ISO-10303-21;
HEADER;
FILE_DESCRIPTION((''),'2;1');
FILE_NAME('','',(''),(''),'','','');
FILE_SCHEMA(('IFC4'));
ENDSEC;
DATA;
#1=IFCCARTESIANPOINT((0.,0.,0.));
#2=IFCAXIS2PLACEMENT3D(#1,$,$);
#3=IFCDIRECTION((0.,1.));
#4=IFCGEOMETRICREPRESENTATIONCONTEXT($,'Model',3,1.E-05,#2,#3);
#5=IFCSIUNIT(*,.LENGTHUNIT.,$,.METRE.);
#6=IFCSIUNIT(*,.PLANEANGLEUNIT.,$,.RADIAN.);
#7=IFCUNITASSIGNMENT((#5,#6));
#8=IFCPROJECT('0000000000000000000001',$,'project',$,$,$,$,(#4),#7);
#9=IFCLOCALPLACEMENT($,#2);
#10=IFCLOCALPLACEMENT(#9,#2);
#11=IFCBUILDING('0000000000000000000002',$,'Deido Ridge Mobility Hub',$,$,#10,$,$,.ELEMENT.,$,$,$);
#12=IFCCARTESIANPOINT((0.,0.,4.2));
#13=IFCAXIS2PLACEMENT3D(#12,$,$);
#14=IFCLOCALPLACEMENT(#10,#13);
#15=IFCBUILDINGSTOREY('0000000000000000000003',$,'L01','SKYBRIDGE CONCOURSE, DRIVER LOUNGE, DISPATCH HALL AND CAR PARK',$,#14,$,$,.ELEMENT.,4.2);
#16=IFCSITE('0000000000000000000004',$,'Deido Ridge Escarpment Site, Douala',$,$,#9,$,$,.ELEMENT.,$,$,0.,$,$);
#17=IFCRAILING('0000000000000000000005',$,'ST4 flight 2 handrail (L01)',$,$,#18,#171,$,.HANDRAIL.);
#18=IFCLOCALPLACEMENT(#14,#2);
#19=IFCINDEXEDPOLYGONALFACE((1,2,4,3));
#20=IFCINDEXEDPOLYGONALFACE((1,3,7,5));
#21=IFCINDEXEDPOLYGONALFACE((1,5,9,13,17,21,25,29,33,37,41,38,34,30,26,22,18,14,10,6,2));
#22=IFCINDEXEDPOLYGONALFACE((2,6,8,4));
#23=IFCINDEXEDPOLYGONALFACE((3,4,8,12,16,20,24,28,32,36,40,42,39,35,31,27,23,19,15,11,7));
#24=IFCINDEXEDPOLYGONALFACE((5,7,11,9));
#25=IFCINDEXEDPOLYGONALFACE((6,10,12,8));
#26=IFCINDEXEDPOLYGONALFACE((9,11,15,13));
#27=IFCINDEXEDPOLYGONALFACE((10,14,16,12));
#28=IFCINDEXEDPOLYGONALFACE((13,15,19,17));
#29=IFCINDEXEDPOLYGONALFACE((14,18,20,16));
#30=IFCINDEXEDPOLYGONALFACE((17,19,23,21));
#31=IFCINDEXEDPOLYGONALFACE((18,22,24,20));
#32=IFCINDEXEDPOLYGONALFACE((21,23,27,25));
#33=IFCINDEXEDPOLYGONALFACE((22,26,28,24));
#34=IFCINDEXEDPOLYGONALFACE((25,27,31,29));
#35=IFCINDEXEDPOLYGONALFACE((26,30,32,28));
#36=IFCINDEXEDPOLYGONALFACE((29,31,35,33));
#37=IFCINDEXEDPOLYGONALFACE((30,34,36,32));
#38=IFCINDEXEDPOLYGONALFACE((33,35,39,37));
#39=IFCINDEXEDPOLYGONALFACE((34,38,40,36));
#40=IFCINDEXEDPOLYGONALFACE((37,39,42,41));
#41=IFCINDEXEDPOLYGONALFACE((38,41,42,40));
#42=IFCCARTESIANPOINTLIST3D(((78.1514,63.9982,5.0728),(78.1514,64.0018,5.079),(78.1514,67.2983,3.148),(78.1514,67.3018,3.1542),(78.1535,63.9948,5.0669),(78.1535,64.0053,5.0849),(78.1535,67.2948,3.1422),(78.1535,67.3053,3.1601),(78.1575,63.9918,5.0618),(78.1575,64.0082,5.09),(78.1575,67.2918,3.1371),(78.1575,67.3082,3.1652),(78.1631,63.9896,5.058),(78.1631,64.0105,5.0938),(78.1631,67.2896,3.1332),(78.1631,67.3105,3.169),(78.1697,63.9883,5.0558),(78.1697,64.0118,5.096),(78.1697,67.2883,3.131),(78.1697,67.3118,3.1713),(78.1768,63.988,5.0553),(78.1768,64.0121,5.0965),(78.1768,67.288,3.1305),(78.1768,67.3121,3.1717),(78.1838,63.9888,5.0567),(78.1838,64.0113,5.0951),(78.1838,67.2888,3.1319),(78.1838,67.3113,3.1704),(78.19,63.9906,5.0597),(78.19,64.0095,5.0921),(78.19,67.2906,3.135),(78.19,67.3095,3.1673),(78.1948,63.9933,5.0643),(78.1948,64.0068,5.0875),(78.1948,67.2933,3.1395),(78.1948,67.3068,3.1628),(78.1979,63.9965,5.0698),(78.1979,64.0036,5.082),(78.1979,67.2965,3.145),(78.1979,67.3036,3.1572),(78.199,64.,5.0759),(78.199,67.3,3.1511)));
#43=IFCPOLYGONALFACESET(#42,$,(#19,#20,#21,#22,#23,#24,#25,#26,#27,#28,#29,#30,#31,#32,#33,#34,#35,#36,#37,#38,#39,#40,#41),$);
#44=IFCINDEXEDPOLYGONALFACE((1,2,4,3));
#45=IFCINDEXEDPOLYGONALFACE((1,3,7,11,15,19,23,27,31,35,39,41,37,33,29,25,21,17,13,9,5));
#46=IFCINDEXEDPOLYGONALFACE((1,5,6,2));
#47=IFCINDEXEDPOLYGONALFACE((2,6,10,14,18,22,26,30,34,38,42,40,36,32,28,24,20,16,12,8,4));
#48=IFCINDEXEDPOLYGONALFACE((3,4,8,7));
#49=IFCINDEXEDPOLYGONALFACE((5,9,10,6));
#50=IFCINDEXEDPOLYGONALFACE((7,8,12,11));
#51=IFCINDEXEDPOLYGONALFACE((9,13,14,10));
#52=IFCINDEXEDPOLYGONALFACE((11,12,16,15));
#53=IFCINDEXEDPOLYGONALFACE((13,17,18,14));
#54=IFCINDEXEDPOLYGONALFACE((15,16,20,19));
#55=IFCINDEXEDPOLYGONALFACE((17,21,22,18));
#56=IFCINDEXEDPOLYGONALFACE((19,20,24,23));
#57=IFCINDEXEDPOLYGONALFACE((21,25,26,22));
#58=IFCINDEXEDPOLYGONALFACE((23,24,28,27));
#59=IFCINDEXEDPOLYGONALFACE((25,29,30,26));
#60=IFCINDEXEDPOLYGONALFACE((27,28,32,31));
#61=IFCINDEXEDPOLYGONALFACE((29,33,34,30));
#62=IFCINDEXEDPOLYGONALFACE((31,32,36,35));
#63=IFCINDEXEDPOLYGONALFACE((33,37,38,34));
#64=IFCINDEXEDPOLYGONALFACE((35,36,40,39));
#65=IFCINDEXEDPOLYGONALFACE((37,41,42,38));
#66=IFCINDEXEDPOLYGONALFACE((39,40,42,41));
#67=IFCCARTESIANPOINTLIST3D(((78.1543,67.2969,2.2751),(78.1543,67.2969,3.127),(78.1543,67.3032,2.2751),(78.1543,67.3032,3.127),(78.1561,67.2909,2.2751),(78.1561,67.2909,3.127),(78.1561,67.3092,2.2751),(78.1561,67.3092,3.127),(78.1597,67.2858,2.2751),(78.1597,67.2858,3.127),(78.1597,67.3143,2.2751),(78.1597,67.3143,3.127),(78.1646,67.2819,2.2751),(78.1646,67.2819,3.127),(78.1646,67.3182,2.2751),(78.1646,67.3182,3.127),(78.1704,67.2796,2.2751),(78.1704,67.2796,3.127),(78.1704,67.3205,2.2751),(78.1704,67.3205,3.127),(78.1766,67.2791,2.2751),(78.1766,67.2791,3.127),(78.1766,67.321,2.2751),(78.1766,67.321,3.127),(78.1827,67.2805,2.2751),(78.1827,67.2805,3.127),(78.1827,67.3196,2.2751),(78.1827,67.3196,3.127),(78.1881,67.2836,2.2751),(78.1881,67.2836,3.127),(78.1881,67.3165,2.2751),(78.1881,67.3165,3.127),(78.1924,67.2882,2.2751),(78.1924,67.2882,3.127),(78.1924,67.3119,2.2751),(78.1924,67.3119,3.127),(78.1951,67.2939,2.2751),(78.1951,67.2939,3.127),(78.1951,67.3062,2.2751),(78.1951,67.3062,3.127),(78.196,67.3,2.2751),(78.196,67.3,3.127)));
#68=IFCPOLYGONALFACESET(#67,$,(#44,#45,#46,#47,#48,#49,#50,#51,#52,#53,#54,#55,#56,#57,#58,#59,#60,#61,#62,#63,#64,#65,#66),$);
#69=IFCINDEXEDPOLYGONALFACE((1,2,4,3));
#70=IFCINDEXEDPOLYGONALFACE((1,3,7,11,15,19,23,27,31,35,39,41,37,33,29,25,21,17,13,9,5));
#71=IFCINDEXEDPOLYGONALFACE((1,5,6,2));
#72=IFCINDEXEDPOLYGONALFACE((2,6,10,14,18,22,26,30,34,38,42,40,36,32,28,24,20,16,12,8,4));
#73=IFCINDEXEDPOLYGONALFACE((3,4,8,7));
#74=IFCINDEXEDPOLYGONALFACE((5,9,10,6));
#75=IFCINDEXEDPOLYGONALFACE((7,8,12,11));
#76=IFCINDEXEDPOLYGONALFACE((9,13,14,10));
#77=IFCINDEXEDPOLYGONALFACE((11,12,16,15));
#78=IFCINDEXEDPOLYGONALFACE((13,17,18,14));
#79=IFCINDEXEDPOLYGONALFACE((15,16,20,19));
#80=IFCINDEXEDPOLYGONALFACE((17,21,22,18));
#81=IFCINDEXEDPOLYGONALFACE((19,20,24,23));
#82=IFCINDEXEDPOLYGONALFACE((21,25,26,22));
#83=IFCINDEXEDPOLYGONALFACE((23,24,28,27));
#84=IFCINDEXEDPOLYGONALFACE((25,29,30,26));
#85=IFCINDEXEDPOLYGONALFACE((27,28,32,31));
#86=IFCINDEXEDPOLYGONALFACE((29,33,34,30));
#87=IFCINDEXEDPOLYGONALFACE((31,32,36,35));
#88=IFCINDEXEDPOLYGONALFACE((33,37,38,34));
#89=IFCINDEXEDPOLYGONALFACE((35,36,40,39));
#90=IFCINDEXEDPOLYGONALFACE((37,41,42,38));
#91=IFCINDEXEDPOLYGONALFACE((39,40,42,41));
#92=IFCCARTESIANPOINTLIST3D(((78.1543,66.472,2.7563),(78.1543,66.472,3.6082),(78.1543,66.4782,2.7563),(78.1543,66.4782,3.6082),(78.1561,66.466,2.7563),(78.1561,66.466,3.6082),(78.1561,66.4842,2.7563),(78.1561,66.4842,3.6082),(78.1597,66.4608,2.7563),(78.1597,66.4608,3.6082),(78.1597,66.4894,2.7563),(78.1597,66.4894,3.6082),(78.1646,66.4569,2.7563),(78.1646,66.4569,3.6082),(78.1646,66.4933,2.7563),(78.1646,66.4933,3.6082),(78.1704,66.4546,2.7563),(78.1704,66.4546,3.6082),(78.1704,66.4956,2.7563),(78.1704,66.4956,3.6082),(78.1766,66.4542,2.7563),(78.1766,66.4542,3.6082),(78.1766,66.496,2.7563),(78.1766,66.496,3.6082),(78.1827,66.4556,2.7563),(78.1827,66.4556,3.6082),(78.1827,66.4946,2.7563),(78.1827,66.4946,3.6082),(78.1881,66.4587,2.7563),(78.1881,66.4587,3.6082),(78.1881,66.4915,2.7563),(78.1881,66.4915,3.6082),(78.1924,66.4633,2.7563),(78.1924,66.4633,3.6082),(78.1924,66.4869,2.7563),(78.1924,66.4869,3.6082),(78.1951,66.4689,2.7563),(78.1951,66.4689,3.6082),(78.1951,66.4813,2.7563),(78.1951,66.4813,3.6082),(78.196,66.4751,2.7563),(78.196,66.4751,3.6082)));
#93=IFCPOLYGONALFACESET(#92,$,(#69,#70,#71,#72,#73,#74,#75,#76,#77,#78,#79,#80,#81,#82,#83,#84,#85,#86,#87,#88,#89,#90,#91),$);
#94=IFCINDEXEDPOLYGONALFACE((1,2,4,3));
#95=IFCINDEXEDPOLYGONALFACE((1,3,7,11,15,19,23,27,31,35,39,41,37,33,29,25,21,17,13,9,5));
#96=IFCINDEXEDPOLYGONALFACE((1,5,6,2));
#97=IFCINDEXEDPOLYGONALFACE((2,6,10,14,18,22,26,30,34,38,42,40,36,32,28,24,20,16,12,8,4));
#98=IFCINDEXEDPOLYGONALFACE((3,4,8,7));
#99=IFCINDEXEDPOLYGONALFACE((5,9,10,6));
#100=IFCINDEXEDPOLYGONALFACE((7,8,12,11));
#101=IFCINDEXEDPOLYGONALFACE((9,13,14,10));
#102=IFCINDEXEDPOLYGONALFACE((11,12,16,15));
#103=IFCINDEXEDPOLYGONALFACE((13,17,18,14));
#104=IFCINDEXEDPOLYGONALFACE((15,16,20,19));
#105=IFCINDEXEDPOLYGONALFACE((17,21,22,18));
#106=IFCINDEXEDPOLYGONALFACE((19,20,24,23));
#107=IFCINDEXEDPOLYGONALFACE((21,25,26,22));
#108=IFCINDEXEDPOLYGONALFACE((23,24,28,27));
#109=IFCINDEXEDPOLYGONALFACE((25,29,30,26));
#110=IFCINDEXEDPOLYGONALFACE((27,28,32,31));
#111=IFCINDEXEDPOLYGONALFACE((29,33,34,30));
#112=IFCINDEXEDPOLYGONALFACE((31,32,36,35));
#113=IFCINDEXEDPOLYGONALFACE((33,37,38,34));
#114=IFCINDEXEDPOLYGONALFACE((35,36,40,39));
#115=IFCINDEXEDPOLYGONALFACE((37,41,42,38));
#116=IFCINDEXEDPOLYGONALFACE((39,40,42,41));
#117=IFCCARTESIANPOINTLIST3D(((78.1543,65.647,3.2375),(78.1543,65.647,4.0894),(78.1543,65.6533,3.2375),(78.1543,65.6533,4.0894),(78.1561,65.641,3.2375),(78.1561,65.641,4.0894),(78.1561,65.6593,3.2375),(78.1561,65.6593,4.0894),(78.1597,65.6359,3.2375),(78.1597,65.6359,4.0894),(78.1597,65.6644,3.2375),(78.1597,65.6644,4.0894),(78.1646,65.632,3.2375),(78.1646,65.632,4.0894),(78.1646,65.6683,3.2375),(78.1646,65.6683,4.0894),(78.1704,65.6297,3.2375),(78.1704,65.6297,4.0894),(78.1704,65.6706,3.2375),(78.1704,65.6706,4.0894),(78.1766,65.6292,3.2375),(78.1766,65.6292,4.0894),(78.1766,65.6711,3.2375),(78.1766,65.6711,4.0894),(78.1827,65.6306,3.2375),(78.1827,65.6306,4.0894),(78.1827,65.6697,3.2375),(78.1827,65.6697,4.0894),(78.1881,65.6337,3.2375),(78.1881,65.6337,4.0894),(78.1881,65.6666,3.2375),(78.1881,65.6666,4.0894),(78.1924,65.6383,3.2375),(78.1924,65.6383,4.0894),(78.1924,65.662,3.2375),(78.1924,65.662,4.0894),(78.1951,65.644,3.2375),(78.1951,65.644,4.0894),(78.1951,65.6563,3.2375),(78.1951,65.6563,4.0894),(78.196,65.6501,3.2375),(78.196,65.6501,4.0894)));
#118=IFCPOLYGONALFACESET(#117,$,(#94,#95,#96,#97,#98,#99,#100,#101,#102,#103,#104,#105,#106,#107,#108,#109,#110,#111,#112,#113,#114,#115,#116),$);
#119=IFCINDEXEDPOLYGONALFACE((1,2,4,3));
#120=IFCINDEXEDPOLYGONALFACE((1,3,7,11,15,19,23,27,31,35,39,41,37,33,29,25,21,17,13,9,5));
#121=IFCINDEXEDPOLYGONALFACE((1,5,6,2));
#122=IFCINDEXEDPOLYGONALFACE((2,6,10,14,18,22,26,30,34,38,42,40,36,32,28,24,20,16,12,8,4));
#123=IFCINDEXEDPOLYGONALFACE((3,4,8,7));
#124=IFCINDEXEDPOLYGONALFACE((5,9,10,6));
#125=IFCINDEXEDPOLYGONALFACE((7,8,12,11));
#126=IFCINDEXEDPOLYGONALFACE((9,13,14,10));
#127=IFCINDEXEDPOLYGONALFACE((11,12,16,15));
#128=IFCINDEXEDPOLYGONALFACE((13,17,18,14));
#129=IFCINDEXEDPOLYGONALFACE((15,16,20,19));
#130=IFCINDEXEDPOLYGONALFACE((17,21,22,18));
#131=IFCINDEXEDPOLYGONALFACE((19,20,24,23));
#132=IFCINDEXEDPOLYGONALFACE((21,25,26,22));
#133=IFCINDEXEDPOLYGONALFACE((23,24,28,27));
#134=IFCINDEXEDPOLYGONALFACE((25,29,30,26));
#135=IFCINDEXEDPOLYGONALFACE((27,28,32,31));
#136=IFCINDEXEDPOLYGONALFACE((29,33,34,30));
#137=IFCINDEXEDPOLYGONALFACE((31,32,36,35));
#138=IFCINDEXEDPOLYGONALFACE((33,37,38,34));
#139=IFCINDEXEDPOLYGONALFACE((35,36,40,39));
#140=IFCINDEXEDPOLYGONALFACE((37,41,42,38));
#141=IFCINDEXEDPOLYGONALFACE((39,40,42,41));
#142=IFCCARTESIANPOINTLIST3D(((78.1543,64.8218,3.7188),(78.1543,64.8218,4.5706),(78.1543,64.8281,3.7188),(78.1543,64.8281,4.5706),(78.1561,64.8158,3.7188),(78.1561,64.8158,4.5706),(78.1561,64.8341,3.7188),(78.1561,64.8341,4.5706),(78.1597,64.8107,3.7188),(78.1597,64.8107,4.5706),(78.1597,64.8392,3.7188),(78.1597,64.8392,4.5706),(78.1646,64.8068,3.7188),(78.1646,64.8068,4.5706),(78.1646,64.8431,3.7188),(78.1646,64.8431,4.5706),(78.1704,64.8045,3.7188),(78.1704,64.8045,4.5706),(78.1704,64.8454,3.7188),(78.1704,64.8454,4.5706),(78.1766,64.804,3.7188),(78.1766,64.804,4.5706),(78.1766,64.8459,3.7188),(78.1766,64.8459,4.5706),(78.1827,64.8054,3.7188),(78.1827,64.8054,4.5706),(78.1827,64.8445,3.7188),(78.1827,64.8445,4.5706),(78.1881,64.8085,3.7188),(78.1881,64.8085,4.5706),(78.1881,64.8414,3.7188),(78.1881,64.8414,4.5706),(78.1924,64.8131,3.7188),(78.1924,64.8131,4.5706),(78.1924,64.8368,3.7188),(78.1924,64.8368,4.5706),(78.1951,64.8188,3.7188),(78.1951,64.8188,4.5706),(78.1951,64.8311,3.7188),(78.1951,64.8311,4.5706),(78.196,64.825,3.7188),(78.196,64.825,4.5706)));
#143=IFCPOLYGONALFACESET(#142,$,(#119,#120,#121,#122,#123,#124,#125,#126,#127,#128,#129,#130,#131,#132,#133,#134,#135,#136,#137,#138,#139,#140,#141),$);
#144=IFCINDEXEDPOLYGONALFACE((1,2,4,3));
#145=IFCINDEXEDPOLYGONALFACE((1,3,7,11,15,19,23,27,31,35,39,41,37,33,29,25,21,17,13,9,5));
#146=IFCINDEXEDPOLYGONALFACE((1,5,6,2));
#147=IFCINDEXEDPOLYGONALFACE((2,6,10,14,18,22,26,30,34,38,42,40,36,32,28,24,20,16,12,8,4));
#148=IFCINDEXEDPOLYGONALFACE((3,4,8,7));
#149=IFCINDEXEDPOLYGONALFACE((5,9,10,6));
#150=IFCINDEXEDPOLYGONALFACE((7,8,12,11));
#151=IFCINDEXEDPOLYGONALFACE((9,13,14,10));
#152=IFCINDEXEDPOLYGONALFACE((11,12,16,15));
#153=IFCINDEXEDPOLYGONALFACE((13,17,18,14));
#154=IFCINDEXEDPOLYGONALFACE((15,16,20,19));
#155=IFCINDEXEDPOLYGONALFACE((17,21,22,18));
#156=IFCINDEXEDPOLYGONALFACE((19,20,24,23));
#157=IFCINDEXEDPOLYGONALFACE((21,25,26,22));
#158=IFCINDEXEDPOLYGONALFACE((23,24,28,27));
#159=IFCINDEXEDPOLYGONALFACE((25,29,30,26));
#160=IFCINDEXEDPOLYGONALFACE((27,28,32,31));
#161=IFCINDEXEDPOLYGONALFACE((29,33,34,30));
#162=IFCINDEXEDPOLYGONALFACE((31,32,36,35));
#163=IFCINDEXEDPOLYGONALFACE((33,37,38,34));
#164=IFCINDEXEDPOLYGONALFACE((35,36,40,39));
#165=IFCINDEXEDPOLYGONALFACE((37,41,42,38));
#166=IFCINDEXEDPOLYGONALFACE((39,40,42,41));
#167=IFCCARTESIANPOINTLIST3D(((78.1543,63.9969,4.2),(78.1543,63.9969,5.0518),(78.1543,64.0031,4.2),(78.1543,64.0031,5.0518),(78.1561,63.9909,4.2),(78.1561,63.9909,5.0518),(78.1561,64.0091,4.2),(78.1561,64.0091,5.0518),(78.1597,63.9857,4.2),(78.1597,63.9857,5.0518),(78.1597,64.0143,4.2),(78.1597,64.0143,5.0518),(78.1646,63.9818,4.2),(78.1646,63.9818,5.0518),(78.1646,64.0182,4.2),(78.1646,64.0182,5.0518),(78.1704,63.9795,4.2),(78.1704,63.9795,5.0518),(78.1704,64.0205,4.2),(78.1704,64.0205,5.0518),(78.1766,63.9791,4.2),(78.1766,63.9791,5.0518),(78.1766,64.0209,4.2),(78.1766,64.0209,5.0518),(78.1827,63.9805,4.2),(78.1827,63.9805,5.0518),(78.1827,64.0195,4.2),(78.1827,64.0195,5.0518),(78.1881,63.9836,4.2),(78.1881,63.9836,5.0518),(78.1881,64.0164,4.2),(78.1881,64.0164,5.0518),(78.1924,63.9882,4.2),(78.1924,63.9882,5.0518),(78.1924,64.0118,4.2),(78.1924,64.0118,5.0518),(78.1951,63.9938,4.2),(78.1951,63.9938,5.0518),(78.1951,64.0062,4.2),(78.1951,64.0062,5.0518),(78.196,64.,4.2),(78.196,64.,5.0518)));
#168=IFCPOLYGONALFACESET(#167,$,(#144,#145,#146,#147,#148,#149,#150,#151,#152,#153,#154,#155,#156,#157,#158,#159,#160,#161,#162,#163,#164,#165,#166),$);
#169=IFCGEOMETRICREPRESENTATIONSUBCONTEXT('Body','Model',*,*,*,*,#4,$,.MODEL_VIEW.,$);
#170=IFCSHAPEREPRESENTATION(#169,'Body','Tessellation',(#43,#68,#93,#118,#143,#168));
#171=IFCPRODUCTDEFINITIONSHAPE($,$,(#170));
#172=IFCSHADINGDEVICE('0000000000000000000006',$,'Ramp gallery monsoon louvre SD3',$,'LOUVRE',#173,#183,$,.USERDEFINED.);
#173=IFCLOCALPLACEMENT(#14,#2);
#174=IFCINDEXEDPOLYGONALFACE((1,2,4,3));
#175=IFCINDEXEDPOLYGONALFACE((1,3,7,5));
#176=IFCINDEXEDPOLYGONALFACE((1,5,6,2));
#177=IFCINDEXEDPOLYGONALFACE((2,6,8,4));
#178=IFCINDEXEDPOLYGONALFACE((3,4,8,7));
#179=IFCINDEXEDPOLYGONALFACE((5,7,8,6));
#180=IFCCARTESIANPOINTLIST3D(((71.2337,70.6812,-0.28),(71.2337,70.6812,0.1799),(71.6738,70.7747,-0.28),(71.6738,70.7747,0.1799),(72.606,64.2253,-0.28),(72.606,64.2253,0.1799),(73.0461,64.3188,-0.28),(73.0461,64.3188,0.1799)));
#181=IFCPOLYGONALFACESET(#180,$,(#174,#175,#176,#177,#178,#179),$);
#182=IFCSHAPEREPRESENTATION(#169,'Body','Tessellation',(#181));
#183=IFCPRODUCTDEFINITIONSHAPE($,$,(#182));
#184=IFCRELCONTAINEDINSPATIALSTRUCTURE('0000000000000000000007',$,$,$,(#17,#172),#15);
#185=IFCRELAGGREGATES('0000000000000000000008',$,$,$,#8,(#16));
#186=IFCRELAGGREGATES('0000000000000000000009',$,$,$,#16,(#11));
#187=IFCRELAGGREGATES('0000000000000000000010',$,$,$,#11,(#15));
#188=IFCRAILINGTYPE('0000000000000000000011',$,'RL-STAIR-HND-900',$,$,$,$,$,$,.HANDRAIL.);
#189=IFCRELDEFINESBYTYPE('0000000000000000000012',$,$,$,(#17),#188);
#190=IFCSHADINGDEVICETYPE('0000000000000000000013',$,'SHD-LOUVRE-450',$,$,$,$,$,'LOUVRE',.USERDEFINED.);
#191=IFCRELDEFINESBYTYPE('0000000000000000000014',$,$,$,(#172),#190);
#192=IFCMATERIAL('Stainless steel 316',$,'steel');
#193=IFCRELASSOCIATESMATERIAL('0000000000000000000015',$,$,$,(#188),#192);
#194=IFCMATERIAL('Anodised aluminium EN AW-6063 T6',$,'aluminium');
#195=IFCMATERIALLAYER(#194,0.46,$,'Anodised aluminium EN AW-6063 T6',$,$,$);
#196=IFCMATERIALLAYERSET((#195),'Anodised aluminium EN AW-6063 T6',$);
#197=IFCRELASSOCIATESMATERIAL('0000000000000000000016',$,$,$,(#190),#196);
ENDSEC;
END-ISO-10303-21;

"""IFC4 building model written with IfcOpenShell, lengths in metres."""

from ifc_helpers import new_model, si_unit, direction, frame, origin, origin_2d, place, context, subcontext, project, spatial, rectangle, circle, extrude, material, layer, layer_set, type_object, element, save


model = new_model("IFC4")

# Units and contexts
model_context = context("Model", 3, precision=1e-05, world=origin(), true_north=direction((0.0, 1.0)))
body_context = subcontext(model_context, "Body", "Model", "MODEL_VIEW")
ifc_project = project(units=[si_unit("LENGTHUNIT", "METRE"), si_unit("PLANEANGLEUNIT", "RADIAN")], contexts=[model_context])

# Site, building, storey
site_placement = place(None, origin())
site = spatial("IfcSite", under=ifc_project, at=site_placement, Name="Deido Ridge Escarpment Site, Douala", CompositionType="ELEMENT", RefElevation=0.0)
building_placement = place(site_placement, origin())
building = spatial("IfcBuilding", under=site, at=building_placement, Name="Deido Ridge Mobility Hub", CompositionType="ELEMENT")
storey_placement = place(building_placement, frame((0.0, 0.0, 4.2)))
storey = spatial("IfcBuildingStorey", under=building, at=storey_placement, Name="L01", Description="SKYBRIDGE CONCOURSE, DRIVER LOUNGE, DISPATCH HALL AND CAR PARK", CompositionType="ELEMENT", Elevation=4.2)

# Railing
ifc_material_1 = material(Name="Stainless steel 316", Category="steel")
railing_type_1 = type_object("IfcRailingType", Name="RL-STAIR-HND-900", PredefinedType="HANDRAIL", material=ifc_material_1)
railing_1_placement = place(storey_placement, frame((78.175, 67.3, 2.2751)))
element("IfcRailing", 1, at=railing_1_placement, inside=storey, type_object=railing_type_1, Name="ST4 flight 2 handrail (L01)", PredefinedType="HANDRAIL", context=body_context, shape_type="SweptSolid", body=[
    extrude(circle(Radius=0.0239, at=origin_2d()), frame((0.0, 0.0, 0.876), z_axis=(0.0, -0.863804, 0.503827), x_axis=(1.0, 0.0, 0.0)), (0.0, 0.0, 1.0), 3.8203),
    extrude(circle(Radius=0.021, at=origin_2d()), origin(), (0.0, 0.0, 1.0), 0.8518),
    extrude(circle(Radius=0.021, at=origin_2d()), frame((0.0, -0.825, 0.4812)), (0.0, 0.0, 1.0), 0.8518),
    extrude(circle(Radius=0.021, at=origin_2d()), frame((0.0, -1.6499, 0.9624)), (0.0, 0.0, 1.0), 0.8518),
    extrude(circle(Radius=0.021, at=origin_2d()), frame((0.0, -2.4751, 1.4436)), (0.0, 0.0, 1.0), 0.8518),
    extrude(circle(Radius=0.021, at=origin_2d()), frame((0.0, -3.3, 1.9248)), (0.0, 0.0, 1.0), 0.8518),
])

# Shading device
ifc_material_2 = material(Name="Anodised aluminium EN AW-6063 T6", Category="aluminium")
ifc_layer_1 = layer(ifc_material_2, 0.46, Name="Anodised aluminium EN AW-6063 T6")
ifc_layer_set_1 = layer_set([ifc_layer_1], Name="Anodised aluminium EN AW-6063 T6")
shading_device_type = type_object("IfcShadingDeviceType", Name="SHD-LOUVRE-450", ElementType="LOUVRE", PredefinedType="USERDEFINED", material=ifc_layer_set_1)
shading_device_placement = place(storey_placement, frame((72.1399, 67.5, -0.28), z_axis=(0.0, 0.0, 1.0), x_axis=(-0.207912, 0.978148, 0.0)))
element("IfcShadingDevice", 2, at=shading_device_placement, inside=storey, type_object=shading_device_type, Name="Ramp gallery monsoon louvre SD3", ObjectType="LOUVRE", PredefinedType="USERDEFINED", context=body_context, shape_type="SweptSolid", body=[
    extrude(rectangle(XDim=6.6001, YDim=0.45, at=origin_2d()), origin(), (0.0, 0.0, 1.0), 0.46),
])

save(model, "model.ifc")
